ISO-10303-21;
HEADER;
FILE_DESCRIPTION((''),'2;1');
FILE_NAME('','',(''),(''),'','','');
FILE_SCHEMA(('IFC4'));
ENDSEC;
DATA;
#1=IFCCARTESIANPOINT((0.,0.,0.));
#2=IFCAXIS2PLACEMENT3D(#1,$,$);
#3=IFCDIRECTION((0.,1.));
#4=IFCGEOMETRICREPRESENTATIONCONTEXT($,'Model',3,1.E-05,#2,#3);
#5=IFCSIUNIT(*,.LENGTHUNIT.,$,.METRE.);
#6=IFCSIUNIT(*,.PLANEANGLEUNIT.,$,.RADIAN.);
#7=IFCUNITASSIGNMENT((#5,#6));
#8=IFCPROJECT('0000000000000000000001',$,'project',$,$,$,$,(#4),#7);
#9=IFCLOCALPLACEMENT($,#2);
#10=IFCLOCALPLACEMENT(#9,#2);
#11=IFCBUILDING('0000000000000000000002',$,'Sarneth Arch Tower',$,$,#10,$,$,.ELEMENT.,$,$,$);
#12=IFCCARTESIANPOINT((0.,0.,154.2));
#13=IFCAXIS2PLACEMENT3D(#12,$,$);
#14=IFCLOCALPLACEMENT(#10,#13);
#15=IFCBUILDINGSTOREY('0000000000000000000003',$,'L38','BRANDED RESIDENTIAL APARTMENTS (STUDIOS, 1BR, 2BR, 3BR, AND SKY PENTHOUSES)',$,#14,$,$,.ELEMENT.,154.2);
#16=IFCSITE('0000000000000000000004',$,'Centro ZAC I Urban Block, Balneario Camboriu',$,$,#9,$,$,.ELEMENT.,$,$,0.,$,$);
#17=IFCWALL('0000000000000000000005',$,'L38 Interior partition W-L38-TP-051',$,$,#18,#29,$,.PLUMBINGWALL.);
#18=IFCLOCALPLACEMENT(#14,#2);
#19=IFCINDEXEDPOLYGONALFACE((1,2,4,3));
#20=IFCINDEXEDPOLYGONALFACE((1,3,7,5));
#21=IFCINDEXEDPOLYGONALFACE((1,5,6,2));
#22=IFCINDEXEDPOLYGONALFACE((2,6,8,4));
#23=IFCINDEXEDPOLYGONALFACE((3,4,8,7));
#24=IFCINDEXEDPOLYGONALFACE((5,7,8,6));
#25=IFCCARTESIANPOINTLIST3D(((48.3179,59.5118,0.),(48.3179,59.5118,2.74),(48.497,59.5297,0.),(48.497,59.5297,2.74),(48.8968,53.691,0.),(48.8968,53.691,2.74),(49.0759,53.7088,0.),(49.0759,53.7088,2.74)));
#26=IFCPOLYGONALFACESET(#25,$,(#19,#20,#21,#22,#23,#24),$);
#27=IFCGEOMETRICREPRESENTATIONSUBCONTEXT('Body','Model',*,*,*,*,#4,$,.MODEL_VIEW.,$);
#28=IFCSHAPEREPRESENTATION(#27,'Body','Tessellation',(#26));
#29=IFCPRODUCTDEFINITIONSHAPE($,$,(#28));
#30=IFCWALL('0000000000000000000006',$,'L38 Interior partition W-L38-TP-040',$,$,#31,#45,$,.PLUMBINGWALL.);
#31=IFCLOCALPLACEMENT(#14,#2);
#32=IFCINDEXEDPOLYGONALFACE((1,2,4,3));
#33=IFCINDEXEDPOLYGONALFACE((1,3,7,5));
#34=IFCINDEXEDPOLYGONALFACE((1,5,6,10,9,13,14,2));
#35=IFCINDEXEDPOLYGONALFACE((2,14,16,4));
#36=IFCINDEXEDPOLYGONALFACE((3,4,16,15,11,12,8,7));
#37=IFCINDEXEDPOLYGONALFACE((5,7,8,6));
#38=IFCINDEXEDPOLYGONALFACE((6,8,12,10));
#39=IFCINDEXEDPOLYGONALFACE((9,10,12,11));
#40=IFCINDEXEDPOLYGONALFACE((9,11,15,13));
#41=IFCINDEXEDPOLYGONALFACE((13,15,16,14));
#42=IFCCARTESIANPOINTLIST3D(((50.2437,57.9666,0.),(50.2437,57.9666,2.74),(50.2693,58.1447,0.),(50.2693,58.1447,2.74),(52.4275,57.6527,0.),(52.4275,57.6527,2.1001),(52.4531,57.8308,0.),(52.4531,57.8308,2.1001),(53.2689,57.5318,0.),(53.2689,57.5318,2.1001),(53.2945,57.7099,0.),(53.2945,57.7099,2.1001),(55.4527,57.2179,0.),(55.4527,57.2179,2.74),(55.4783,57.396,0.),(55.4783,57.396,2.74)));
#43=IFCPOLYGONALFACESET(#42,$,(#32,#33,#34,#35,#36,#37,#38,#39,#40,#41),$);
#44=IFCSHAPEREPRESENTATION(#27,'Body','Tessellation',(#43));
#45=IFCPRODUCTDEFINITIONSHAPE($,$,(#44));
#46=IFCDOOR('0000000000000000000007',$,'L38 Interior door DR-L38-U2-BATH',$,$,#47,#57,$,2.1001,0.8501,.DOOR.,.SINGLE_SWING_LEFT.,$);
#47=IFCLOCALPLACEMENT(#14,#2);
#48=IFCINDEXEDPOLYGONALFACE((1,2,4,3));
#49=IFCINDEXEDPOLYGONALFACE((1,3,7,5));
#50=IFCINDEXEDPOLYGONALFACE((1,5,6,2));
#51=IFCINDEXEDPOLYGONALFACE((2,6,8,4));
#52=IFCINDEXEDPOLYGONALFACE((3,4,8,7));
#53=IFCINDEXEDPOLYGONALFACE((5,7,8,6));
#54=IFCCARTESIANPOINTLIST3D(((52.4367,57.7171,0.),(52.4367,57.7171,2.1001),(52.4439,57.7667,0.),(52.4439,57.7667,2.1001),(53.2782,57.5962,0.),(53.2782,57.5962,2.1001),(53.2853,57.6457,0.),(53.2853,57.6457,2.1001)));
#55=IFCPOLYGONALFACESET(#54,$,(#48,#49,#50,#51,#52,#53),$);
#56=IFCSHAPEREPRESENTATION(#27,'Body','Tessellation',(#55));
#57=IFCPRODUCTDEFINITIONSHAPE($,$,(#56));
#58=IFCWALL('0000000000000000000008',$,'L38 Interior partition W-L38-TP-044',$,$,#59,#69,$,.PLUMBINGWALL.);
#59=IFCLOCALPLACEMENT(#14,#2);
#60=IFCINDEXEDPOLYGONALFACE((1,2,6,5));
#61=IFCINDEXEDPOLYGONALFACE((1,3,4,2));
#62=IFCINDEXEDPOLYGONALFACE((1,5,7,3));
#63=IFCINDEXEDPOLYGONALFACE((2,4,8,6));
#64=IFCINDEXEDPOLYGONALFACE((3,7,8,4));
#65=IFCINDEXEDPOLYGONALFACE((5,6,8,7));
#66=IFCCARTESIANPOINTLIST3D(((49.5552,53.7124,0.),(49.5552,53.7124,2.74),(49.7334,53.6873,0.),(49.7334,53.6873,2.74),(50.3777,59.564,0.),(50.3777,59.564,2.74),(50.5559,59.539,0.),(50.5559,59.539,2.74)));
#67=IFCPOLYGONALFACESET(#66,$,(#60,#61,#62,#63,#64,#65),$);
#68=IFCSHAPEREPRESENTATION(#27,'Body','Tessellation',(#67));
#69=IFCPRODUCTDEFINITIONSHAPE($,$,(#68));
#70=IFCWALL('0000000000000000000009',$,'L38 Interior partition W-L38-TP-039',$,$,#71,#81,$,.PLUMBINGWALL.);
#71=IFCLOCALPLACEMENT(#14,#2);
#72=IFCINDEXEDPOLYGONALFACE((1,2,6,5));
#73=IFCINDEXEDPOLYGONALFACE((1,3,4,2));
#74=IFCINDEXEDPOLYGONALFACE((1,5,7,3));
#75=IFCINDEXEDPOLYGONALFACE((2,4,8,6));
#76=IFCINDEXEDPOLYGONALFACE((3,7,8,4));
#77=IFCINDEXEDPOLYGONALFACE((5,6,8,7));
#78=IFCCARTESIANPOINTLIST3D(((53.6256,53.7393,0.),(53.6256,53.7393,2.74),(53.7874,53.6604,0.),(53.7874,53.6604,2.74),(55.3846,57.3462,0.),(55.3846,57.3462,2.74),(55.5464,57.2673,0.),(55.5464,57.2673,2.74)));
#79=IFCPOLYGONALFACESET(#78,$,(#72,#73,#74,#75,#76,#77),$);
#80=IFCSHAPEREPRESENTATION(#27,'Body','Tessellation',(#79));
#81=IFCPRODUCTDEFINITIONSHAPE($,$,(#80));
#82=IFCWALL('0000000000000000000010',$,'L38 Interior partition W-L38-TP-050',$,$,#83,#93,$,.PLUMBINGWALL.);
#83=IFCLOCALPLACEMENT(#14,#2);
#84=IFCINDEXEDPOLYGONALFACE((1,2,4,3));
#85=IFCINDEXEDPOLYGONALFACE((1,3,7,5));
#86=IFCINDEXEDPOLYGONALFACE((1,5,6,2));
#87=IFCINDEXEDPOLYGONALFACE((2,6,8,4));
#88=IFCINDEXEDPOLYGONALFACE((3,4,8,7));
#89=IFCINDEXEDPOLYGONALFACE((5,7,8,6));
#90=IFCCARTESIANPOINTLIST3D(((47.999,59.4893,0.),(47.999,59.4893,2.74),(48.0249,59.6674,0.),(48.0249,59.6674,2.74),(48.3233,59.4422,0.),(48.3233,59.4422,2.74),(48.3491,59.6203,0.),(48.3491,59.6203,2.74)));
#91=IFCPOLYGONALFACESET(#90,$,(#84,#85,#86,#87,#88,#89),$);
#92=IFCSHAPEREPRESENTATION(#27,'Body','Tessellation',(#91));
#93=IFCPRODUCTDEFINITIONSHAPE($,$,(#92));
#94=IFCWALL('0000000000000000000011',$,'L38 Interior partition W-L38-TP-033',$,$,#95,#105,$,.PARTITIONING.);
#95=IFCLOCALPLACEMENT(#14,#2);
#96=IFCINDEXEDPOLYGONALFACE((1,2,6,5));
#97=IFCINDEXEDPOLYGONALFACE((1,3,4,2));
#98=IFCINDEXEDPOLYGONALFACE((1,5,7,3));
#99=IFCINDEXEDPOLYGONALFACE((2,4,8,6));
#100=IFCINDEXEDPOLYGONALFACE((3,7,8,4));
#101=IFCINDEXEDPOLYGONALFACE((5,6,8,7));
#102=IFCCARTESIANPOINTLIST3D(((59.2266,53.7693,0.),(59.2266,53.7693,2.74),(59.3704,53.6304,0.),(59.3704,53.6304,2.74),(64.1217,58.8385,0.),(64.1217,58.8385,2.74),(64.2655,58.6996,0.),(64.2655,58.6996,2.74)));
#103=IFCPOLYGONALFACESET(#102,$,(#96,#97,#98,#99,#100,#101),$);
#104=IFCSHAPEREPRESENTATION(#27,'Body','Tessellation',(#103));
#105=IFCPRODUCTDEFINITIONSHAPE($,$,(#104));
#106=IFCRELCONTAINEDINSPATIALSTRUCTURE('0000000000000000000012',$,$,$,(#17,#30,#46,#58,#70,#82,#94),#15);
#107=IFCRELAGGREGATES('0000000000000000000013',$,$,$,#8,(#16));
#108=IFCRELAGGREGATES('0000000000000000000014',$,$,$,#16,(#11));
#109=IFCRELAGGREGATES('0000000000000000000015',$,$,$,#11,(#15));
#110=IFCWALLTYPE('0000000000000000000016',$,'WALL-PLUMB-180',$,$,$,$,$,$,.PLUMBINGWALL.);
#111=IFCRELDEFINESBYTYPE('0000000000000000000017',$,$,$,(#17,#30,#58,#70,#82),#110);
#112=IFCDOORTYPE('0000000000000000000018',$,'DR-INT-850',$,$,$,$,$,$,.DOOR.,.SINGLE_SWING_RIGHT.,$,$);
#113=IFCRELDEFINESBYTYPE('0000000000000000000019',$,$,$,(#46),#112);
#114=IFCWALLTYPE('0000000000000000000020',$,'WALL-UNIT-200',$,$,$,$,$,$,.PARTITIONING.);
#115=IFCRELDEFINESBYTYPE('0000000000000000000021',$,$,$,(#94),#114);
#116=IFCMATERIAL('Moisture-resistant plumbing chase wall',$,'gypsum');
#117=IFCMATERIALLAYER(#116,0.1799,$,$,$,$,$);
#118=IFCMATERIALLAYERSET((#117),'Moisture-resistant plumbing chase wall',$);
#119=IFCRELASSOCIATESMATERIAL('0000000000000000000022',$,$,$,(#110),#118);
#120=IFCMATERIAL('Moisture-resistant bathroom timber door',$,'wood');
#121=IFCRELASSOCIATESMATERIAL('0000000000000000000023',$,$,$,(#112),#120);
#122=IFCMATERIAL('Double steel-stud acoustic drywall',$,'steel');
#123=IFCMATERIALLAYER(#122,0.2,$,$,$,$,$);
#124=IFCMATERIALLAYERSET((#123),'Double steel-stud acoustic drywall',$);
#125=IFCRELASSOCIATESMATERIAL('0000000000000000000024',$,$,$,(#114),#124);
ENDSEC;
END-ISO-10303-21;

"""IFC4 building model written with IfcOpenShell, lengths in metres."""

from ifc_helpers import new_model, si_unit, direction, frame, frame_2d, origin, place, context, subcontext, project, spatial, rectangle, extrude, material, layer, layer_set, type_object, element, fill, save


model = new_model("IFC4")

# Units and contexts
model_context = context("Model", 3, precision=1e-05, world=origin(), true_north=direction((0.0, 1.0)))
body_context = subcontext(model_context, "Body", "Model", "MODEL_VIEW")
ifc_project = project(units=[si_unit("LENGTHUNIT", "METRE"), si_unit("PLANEANGLEUNIT", "RADIAN")], contexts=[model_context])

# Site, building, storey
site_placement = place(None, origin())
site = spatial("IfcSite", under=ifc_project, at=site_placement, Name="Centro ZAC I Urban Block, Balneario Camboriu", CompositionType="ELEMENT", RefElevation=0.0)
building_placement = place(site_placement, origin())
building = spatial("IfcBuilding", under=site, at=building_placement, Name="Sarneth Arch Tower", CompositionType="ELEMENT")
storey_placement = place(building_placement, frame((0.0, 0.0, 154.2)))
storey = spatial("IfcBuildingStorey", under=building, at=storey_placement, Name="L38", Description="BRANDED RESIDENTIAL APARTMENTS (STUDIOS, 1BR, 2BR, 3BR, AND SKY PENTHOUSES)", CompositionType="ELEMENT", Elevation=154.2)

# Wall
ifc_material_1 = material(Name="Moisture-resistant plumbing chase wall", Category="gypsum")
ifc_layer_1 = layer(ifc_material_1, 0.1799)
ifc_layer_set_1 = layer_set([ifc_layer_1], Name="Moisture-resistant plumbing chase wall")
wall_type_1 = type_object("IfcWallType", Name="WALL-PLUMB-180", PredefinedType="PLUMBINGWALL", material=ifc_layer_set_1)
wall_1_placement = place(storey_placement, frame((48.4075, 59.5208, 0.0), z_axis=(0.0, 0.0, 1.0), x_axis=(0.098958, -0.995092, 0.0)))
element("IfcWall", 1, at=wall_1_placement, inside=storey, type_object=wall_type_1, Name="L38 Interior partition W-L38-TP-051", PredefinedType="PLUMBINGWALL", context=body_context, shape_type="SweptSolid", body=[
    extrude(rectangle(XDim=5.8496, YDim=0.1799, at=frame_2d((2.9248, 0.0))), origin(), (0.0, 0.0, 1.0), 2.74),
])

# Wall, opening, door
wall_2_placement = place(storey_placement, frame((55.4656, 57.3069, 0.0), z_axis=(0.0, 0.0, 1.0), x_axis=(-0.989826, 0.142285, 0.0)))
wall_2 = element("IfcWall", 2, at=wall_2_placement, inside=storey, type_object=wall_type_1, Name="L38 Interior partition W-L38-TP-040", PredefinedType="PLUMBINGWALL", context=body_context, shape_type="SweptSolid", body=[
    extrude(rectangle(XDim=5.2625, YDim=0.1799, at=frame_2d((2.6313, 0.0))), origin(), (0.0, 0.0, 1.0), 2.74),
])
opening_1_placement = place(wall_2_placement, frame((2.2063, 0.0, 0.0)))
opening_1 = element("IfcOpeningElement", 3, at=opening_1_placement, cuts=wall_2, PredefinedType="OPENING", context=body_context, shape_type="SweptSolid", body=[
    extrude(rectangle(XDim=0.8501, YDim=2.1001, at=frame_2d((0.425, 1.05))), frame((0.0, 0.0999, 0.0), z_axis=(0.0, -1.0, 0.0), x_axis=(1.0, 0.0, 0.0)), (0.0, 0.0, 1.0), 0.2),
])
ifc_material_2 = material(Name="Moisture-resistant bathroom timber door", Category="wood")
door_type_1 = type_object("IfcDoorType", Name="DR-INT-850", OperationType="SINGLE_SWING_RIGHT", PredefinedType="DOOR", material=ifc_material_2)
door_1_placement = place(opening_1_placement, origin())
door_1 = element("IfcDoor", 4, at=door_1_placement, inside=storey, type_object=door_type_1, Name="L38 Interior door DR-L38-U2-BATH", OperationType="SINGLE_SWING_LEFT", OverallHeight=2.1001, OverallWidth=0.8501, PredefinedType="DOOR", context=body_context, shape_type="SweptSolid", body=[
    extrude(rectangle(XDim=0.8501, YDim=2.1001, at=frame_2d((0.425, 1.05))), frame((0.0, 0.0249, 0.0), z_axis=(0.0, -1.0, 0.0), x_axis=(1.0, 0.0, 0.0)), (0.0, 0.0, 1.0), 0.05),
])
fill(opening_1, door_1)

# Walls
wall_3_placement = place(storey_placement, frame((50.4668, 59.5515, 0.0), z_axis=(0.0, 0.0, 1.0), x_axis=(-0.139194, -0.990265, 0.0)))
element("IfcWall", 5, at=wall_3_placement, inside=storey, type_object=wall_type_1, Name="L38 Interior partition W-L38-TP-044", PredefinedType="PLUMBINGWALL", context=body_context, shape_type="SweptSolid", body=[
    extrude(rectangle(XDim=5.9092, YDim=0.1799, at=frame_2d((2.9546, 0.0))), origin(), (0.0, 0.0, 1.0), 2.74),
])
wall_4_placement = place(storey_placement, frame((53.7065, 53.7, 0.0), z_axis=(0.0, 0.0, 1.0), x_axis=(0.438334, 0.898812, 0.0)))
element("IfcWall", 6, at=wall_4_placement, inside=storey, type_object=wall_type_1, Name="L38 Interior partition W-L38-TP-039", PredefinedType="PLUMBINGWALL", context=body_context, shape_type="SweptSolid", body=[
    extrude(rectangle(XDim=4.0129, YDim=0.1799, at=frame_2d((2.0063, 0.0))), origin(), (0.0, 0.0, 1.0), 2.74),
])
wall_5_placement = place(storey_placement, frame((48.012, 59.5784, 0.0), z_axis=(0.0, 0.0, 1.0), x_axis=(0.989604, -0.14382, 0.0)))
element("IfcWall", 7, at=wall_5_placement, inside=storey, type_object=wall_type_1, Name="L38 Interior partition W-L38-TP-050", PredefinedType="PLUMBINGWALL", context=body_context, shape_type="SweptSolid", body=[
    extrude(rectangle(XDim=0.3276, YDim=0.1799, at=frame_2d((0.1638, 0.0))), origin(), (0.0, 0.0, 1.0), 2.74),
])
ifc_material_3 = material(Name="Double steel-stud acoustic drywall", Category="steel")
ifc_layer_2 = layer(ifc_material_3, 0.2)
ifc_layer_set_2 = layer_set([ifc_layer_2], Name="Double steel-stud acoustic drywall")
wall_type_2 = type_object("IfcWallType", Name="WALL-UNIT-200", PredefinedType="PARTITIONING", material=ifc_layer_set_2)
wall_6_placement = place(storey_placement, frame((64.1936, 58.769, 0.0), z_axis=(0.0, 0.0, 1.0), x_axis=(-0.694648, -0.71935, 0.0)))
element("IfcWall", 8, at=wall_6_placement, inside=storey, type_object=wall_type_2, Name="L38 Interior partition W-L38-TP-033", PredefinedType="PARTITIONING", context=body_context, shape_type="SweptSolid", body=[
    extrude(rectangle(XDim=7.0469, YDim=0.2, at=frame_2d((3.5234, 0.0))), origin(), (0.0, 0.0, 1.0), 2.74),
])

save(model, "model.ifc")
